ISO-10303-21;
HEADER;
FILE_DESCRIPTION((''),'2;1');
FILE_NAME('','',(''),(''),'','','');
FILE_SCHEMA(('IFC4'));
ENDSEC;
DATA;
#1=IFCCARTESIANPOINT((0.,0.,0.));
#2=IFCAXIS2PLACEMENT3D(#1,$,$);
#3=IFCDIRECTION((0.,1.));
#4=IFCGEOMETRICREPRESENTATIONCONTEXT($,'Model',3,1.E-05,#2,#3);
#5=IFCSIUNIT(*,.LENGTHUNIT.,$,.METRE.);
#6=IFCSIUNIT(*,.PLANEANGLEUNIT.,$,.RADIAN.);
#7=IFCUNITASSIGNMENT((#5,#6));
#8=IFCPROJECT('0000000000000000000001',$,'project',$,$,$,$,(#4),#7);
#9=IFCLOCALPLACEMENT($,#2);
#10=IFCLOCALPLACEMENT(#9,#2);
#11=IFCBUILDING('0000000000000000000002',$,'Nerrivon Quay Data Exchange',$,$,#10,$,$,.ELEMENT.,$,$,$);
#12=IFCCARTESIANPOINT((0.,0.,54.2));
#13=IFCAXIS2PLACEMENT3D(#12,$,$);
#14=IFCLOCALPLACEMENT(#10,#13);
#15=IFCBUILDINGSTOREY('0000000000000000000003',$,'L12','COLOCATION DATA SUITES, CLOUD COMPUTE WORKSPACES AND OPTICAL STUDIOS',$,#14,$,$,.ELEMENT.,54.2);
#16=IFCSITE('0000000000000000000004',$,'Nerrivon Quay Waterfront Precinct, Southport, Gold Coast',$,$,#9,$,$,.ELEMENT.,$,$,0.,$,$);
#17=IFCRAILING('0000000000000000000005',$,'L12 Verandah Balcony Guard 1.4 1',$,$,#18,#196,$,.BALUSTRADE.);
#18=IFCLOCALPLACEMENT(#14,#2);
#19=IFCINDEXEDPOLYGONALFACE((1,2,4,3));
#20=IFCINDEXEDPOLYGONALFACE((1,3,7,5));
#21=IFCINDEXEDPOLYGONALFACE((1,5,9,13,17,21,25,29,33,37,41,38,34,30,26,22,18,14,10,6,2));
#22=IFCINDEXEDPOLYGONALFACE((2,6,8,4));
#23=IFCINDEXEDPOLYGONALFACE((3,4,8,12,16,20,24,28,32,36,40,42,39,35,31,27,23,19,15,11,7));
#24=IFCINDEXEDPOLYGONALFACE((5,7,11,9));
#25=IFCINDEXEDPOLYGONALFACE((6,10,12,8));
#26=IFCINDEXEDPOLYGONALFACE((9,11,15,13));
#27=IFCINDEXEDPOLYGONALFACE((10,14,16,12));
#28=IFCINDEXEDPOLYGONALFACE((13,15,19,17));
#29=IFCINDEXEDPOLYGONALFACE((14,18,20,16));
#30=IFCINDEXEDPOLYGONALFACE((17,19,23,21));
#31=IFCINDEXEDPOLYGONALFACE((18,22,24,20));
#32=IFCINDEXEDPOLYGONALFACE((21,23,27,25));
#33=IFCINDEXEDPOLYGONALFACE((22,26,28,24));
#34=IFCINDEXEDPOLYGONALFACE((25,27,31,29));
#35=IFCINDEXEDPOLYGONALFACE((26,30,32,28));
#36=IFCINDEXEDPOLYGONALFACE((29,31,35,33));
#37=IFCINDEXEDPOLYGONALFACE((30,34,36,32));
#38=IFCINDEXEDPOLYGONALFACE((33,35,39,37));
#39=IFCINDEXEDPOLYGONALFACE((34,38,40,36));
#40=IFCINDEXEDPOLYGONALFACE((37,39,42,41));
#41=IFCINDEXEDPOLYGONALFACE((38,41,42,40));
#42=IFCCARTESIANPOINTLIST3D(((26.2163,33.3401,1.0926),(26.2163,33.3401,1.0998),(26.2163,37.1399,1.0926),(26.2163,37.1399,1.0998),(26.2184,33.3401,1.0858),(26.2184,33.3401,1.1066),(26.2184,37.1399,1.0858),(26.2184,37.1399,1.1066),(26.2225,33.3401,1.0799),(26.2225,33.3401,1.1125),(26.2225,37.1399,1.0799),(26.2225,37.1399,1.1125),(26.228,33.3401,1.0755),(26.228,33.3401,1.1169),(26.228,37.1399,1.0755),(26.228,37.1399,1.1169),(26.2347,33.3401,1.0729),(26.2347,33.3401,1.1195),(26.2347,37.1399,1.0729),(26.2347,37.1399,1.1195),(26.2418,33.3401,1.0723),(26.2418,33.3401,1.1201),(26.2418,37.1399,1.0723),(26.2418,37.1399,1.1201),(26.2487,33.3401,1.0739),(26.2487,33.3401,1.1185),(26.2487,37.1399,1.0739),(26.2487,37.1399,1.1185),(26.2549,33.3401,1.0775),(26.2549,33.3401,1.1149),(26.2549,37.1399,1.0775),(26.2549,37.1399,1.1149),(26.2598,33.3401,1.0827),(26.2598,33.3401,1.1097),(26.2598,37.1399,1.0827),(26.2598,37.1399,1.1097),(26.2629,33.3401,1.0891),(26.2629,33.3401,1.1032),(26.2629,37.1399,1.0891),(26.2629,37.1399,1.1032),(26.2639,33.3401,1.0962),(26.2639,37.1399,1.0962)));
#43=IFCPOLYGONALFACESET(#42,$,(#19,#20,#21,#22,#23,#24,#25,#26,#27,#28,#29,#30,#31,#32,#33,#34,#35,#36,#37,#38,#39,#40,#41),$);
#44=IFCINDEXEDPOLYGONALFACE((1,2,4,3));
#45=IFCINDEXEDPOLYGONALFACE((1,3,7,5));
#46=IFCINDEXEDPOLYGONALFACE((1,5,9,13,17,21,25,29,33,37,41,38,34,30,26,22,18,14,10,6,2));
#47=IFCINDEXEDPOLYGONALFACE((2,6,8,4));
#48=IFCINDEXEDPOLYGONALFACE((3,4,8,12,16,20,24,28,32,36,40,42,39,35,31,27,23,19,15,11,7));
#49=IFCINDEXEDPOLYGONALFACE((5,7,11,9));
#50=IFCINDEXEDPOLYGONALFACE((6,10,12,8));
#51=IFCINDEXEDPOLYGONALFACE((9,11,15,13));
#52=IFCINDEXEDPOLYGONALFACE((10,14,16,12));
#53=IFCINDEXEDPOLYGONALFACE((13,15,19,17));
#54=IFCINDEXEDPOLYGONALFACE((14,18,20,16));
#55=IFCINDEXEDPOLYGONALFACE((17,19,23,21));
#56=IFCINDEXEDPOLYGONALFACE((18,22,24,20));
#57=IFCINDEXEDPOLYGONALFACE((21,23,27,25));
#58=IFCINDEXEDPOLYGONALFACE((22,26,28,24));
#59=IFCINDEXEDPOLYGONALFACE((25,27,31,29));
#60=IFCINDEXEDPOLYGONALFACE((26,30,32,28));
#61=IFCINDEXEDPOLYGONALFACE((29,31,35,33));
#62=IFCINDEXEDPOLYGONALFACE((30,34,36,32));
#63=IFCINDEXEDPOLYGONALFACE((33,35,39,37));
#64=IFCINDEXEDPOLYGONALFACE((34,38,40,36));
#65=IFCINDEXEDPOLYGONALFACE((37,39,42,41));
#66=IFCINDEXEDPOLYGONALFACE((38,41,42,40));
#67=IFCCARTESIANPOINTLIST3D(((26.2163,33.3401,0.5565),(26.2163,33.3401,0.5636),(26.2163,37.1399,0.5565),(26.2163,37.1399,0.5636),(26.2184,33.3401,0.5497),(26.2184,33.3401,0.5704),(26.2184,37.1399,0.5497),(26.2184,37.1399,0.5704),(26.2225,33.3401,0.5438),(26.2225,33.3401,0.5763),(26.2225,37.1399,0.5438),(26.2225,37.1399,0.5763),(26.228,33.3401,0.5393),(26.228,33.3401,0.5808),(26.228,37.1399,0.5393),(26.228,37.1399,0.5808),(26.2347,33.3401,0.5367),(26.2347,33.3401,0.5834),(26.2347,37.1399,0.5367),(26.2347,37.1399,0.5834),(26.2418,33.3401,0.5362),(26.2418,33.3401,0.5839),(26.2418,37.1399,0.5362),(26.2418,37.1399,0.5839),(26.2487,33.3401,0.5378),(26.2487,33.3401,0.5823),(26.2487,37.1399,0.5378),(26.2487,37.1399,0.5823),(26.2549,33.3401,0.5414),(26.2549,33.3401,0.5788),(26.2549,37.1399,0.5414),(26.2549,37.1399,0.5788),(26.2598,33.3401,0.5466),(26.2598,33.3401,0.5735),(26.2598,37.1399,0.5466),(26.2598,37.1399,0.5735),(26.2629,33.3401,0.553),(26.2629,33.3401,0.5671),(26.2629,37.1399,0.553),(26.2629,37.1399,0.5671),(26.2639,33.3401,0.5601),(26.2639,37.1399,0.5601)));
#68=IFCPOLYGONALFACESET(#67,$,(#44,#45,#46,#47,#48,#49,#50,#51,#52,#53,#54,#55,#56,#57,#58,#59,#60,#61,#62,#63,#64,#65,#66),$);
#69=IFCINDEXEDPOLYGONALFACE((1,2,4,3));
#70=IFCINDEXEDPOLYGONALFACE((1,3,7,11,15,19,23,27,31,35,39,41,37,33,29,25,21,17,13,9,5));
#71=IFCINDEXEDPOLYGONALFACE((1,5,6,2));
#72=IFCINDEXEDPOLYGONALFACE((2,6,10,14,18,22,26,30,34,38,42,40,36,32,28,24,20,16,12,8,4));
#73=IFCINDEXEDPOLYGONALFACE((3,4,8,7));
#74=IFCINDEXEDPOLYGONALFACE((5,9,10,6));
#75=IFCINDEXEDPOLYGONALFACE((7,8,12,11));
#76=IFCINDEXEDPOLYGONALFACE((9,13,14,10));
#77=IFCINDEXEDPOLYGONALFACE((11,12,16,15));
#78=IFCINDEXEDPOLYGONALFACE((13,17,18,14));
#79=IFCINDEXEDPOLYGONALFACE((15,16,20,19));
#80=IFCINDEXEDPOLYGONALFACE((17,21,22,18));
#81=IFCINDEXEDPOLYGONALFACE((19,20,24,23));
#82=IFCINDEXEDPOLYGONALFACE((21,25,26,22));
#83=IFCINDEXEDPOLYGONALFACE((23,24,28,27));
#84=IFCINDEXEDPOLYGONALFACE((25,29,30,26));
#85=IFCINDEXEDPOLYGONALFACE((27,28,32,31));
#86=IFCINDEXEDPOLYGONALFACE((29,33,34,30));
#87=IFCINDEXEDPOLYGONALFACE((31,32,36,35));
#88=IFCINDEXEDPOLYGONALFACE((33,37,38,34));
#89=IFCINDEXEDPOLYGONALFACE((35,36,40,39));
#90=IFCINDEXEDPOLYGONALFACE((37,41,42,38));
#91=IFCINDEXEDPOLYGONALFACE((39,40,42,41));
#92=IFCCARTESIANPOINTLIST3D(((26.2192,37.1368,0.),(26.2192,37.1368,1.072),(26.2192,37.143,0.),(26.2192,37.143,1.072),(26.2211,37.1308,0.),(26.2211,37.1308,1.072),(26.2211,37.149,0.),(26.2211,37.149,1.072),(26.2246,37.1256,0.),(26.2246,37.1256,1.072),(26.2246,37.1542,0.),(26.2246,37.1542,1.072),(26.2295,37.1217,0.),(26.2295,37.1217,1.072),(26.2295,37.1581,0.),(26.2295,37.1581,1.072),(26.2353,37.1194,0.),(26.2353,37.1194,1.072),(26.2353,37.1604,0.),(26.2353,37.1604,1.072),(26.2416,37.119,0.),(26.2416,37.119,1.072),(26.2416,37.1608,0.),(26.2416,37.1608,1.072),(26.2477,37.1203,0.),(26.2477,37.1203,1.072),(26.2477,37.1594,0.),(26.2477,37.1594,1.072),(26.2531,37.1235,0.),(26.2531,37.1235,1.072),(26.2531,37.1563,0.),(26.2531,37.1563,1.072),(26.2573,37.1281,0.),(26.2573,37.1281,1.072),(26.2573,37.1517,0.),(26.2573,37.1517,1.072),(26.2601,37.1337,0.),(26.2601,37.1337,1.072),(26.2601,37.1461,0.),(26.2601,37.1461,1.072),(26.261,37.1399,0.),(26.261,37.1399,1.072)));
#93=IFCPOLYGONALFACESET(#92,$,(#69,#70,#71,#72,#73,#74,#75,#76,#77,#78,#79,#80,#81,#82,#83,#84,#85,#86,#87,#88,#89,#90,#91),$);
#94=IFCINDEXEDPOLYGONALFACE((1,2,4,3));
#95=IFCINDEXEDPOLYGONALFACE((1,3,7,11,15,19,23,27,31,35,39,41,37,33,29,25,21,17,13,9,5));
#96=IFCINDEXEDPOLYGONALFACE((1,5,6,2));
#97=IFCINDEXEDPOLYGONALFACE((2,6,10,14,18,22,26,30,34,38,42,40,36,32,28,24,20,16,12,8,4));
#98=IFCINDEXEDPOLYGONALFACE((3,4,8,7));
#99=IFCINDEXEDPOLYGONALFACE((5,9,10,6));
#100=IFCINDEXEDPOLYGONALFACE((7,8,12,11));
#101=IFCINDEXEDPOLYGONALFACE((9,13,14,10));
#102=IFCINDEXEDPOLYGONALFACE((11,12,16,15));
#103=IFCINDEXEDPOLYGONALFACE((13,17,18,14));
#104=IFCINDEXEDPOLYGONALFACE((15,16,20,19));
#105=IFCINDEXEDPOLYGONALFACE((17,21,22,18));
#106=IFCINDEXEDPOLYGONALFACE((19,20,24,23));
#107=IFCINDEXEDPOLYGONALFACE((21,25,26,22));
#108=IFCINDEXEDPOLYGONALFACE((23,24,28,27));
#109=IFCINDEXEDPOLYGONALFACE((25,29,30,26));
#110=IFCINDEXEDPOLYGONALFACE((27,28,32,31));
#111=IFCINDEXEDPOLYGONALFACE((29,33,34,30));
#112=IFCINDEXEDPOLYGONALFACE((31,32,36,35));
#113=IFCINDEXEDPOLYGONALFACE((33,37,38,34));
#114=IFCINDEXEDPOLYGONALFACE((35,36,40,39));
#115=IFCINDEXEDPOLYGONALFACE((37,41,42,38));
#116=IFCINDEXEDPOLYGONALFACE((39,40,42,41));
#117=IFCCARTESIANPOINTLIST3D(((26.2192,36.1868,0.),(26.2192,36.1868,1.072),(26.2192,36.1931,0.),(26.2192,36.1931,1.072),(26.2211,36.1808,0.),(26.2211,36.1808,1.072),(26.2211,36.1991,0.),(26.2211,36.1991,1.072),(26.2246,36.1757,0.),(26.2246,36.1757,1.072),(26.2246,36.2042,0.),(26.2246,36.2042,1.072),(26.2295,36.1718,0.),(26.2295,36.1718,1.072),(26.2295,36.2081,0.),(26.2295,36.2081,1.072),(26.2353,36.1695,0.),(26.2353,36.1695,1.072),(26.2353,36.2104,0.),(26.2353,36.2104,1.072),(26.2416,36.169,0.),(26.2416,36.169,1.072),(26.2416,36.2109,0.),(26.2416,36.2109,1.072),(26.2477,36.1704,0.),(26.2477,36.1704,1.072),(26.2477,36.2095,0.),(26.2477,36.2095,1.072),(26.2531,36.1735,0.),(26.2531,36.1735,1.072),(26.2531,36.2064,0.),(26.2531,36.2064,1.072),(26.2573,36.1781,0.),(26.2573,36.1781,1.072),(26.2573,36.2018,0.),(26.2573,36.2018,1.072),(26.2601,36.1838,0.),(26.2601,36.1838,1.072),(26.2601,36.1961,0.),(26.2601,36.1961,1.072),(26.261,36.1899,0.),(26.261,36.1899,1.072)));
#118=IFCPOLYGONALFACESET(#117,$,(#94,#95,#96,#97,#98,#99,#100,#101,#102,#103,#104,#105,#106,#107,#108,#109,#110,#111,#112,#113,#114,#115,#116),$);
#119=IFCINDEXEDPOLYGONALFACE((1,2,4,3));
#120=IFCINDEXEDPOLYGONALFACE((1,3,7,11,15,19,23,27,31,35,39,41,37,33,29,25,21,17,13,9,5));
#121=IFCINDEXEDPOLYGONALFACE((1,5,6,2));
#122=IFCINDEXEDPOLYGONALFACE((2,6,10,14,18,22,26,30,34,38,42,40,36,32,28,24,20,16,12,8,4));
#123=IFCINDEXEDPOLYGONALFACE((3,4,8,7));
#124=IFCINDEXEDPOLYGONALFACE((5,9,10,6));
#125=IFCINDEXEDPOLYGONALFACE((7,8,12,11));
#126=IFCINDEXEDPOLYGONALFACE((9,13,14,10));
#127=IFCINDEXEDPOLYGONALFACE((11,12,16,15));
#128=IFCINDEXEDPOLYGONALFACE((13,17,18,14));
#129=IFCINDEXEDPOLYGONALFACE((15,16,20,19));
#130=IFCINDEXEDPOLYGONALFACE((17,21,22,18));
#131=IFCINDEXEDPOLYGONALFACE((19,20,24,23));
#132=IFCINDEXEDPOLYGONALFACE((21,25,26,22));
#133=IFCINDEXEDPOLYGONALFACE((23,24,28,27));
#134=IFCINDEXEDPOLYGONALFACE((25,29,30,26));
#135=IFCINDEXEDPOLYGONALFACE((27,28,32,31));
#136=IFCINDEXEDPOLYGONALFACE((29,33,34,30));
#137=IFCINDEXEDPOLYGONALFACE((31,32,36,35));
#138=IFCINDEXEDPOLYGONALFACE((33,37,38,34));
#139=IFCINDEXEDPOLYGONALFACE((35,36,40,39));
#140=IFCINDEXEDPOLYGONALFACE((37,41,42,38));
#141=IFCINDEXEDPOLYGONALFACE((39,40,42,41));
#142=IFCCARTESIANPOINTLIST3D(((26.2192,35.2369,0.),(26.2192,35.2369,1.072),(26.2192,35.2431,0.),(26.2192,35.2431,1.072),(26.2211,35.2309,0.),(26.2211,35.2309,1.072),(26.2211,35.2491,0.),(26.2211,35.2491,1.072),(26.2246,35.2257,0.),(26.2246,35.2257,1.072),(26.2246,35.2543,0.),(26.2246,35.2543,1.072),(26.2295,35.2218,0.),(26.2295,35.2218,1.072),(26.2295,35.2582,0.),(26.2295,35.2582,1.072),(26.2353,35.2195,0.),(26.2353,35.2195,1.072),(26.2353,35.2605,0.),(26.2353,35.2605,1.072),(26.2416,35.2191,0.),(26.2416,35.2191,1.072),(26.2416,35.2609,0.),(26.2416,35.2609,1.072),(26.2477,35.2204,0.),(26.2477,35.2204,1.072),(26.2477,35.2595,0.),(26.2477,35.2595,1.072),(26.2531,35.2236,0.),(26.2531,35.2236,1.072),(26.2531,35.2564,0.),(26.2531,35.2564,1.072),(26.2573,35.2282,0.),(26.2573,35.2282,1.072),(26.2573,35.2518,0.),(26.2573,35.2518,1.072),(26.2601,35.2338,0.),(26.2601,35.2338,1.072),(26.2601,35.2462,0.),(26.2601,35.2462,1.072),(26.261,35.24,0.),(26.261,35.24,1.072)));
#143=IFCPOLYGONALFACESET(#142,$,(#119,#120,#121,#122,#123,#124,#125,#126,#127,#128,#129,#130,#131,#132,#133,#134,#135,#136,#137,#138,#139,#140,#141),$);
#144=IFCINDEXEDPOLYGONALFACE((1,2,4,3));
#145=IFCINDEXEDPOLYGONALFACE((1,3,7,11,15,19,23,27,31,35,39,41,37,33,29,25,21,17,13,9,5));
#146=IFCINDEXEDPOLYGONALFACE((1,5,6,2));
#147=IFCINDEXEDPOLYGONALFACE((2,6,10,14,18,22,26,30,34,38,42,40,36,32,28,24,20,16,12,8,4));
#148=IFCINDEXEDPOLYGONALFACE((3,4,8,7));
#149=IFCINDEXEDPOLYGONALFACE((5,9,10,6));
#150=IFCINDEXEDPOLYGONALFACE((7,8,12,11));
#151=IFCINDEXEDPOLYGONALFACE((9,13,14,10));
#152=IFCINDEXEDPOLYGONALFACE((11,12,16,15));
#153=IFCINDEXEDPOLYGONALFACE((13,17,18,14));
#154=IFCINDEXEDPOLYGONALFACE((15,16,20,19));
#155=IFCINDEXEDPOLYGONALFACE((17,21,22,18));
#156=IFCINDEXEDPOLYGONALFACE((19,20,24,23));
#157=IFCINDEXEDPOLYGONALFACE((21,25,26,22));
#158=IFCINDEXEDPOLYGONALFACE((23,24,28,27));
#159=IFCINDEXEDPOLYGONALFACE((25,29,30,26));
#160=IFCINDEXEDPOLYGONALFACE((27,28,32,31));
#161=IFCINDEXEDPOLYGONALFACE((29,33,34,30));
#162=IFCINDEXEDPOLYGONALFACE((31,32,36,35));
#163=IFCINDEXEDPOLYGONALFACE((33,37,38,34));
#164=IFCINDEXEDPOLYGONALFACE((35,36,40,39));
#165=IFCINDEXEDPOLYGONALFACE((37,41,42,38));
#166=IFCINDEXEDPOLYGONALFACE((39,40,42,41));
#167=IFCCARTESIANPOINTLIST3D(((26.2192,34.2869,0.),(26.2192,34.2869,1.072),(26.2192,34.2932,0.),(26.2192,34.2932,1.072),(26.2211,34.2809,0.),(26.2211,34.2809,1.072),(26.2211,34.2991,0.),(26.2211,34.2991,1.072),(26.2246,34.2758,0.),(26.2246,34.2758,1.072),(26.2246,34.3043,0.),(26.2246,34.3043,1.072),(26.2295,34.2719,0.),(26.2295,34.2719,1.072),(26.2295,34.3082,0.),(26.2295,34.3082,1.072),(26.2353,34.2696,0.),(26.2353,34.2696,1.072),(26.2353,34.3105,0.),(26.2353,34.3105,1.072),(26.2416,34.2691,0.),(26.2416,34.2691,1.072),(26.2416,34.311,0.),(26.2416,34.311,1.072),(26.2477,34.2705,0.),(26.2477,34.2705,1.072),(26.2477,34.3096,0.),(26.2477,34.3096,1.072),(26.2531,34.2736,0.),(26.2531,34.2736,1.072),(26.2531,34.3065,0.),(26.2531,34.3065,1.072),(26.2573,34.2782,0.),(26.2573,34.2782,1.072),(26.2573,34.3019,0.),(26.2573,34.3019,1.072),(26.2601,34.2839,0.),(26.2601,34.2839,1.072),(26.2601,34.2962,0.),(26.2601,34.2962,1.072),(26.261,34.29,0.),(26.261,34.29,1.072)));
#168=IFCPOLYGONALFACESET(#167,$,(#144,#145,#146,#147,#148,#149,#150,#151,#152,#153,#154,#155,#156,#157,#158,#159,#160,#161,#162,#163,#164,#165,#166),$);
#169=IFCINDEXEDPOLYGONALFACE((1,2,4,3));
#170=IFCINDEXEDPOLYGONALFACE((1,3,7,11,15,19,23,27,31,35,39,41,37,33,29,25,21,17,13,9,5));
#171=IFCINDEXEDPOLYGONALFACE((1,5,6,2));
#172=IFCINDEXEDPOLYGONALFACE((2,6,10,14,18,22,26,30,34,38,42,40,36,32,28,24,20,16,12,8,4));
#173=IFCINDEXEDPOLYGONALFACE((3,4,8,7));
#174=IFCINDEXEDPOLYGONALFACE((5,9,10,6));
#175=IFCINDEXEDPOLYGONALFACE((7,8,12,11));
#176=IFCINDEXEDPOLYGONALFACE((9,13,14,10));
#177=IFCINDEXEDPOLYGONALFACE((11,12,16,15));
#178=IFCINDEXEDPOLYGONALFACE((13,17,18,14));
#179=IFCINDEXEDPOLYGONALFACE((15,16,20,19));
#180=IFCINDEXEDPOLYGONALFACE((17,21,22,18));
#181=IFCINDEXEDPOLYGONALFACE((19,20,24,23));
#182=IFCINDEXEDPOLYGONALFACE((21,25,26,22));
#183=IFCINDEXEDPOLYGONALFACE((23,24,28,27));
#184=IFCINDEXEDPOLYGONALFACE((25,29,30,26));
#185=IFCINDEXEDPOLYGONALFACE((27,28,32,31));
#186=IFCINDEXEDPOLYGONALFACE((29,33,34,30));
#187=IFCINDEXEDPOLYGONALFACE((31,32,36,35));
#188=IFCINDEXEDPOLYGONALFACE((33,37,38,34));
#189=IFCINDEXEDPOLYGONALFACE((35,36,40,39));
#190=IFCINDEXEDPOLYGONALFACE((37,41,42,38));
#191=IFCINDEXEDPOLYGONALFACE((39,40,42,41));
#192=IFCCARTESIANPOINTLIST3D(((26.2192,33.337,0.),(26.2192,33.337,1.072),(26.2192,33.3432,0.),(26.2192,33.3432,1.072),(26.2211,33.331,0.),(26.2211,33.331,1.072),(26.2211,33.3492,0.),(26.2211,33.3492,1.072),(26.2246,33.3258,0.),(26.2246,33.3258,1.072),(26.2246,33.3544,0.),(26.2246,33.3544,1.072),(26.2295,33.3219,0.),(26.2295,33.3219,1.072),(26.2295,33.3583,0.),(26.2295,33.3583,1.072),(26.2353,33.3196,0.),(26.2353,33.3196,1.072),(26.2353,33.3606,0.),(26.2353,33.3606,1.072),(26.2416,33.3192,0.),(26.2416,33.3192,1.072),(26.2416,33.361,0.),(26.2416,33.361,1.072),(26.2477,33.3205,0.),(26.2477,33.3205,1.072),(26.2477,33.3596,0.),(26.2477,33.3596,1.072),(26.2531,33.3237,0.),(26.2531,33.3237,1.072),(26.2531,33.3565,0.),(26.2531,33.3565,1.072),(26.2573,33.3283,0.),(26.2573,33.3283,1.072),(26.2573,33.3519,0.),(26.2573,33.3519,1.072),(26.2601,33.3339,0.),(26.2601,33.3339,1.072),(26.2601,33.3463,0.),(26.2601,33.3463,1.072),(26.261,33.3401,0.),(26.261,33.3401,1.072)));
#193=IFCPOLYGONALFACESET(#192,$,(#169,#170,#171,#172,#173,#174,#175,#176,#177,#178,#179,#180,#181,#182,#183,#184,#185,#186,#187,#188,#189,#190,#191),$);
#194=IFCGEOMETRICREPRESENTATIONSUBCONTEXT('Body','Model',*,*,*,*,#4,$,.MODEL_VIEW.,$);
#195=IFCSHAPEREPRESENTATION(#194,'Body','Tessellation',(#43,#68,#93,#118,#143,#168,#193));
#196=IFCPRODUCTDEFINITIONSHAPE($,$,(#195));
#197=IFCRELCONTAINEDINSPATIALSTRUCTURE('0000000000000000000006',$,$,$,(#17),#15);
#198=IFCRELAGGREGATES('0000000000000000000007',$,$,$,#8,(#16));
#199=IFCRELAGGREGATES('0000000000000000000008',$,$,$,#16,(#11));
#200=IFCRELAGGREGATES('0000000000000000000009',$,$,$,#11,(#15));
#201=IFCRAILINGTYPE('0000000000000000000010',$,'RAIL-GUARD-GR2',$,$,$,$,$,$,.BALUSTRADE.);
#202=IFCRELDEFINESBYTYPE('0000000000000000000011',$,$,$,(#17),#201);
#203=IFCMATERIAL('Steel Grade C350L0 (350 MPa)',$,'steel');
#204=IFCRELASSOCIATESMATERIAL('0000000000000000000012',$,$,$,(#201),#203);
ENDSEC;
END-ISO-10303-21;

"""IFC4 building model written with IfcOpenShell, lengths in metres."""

from ifc_helpers import new_model, si_unit, direction, frame, origin, origin_2d, place, context, subcontext, project, spatial, circle, extrude, material, type_object, element, save


model = new_model("IFC4")

# Units and contexts
model_context = context("Model", 3, precision=1e-05, world=origin(), true_north=direction((0.0, 1.0)))
body_context = subcontext(model_context, "Body", "Model", "MODEL_VIEW")
ifc_project = project(units=[si_unit("LENGTHUNIT", "METRE"), si_unit("PLANEANGLEUNIT", "RADIAN")], contexts=[model_context])

# Site, building, storey
site_placement = place(None, origin())
site = spatial("IfcSite", under=ifc_project, at=site_placement, Name="Nerrivon Quay Waterfront Precinct, Southport, Gold Coast", CompositionType="ELEMENT", RefElevation=0.0)
building_placement = place(site_placement, origin())
building = spatial("IfcBuilding", under=site, at=building_placement, Name="Nerrivon Quay Data Exchange", CompositionType="ELEMENT")
storey_placement = place(building_placement, frame((0.0, 0.0, 54.2)))
storey = spatial("IfcBuildingStorey", under=building, at=storey_placement, Name="L12", Description="COLOCATION DATA SUITES, CLOUD COMPUTE WORKSPACES AND OPTICAL STUDIOS", CompositionType="ELEMENT", Elevation=54.2)

# Railing
ifc_material_1 = material(Name="Steel Grade C350L0 (350 MPa)", Category="steel")
railing_type = type_object("IfcRailingType", Name="RAIL-GUARD-GR2", PredefinedType="BALUSTRADE", material=ifc_material_1)
railing_1_placement = place(storey_placement, frame((26.24, 37.1399, 0.0)))
element("IfcRailing", 1, at=railing_1_placement, inside=storey, type_object=railing_type, Name="L12 Verandah Balcony Guard 1.4 1", PredefinedType="BALUSTRADE", context=body_context, shape_type="SweptSolid", body=[
    extrude(circle(Radius=0.0239, at=origin_2d()), frame((0.0, 0.0, 1.0962), z_axis=(0.0, -1.0, 0.0), x_axis=(1.0, 0.0, 0.0)), (0.0, 0.0, 1.0), 3.7998),
    extrude(circle(Radius=0.0239, at=origin_2d()), frame((0.0, 0.0, 0.5601), z_axis=(0.0, -1.0, 0.0), x_axis=(1.0, 0.0, 0.0)), (0.0, 0.0, 1.0), 3.7998),
    extrude(circle(Radius=0.021, at=origin_2d()), origin(), (0.0, 0.0, 1.0), 1.072),
    extrude(circle(Radius=0.021, at=origin_2d()), frame((0.0, -0.95, 0.0)), (0.0, 0.0, 1.0), 1.072),
    extrude(circle(Radius=0.021, at=origin_2d()), frame((0.0, -1.8999, 0.0)), (0.0, 0.0, 1.0), 1.072),
    extrude(circle(Radius=0.021, at=origin_2d()), frame((0.0, -2.8499, 0.0)), (0.0, 0.0, 1.0), 1.072),
    extrude(circle(Radius=0.021, at=origin_2d()), frame((0.0, -3.7998, 0.0)), (0.0, 0.0, 1.0), 1.072),
])

save(model, "model.ifc")
